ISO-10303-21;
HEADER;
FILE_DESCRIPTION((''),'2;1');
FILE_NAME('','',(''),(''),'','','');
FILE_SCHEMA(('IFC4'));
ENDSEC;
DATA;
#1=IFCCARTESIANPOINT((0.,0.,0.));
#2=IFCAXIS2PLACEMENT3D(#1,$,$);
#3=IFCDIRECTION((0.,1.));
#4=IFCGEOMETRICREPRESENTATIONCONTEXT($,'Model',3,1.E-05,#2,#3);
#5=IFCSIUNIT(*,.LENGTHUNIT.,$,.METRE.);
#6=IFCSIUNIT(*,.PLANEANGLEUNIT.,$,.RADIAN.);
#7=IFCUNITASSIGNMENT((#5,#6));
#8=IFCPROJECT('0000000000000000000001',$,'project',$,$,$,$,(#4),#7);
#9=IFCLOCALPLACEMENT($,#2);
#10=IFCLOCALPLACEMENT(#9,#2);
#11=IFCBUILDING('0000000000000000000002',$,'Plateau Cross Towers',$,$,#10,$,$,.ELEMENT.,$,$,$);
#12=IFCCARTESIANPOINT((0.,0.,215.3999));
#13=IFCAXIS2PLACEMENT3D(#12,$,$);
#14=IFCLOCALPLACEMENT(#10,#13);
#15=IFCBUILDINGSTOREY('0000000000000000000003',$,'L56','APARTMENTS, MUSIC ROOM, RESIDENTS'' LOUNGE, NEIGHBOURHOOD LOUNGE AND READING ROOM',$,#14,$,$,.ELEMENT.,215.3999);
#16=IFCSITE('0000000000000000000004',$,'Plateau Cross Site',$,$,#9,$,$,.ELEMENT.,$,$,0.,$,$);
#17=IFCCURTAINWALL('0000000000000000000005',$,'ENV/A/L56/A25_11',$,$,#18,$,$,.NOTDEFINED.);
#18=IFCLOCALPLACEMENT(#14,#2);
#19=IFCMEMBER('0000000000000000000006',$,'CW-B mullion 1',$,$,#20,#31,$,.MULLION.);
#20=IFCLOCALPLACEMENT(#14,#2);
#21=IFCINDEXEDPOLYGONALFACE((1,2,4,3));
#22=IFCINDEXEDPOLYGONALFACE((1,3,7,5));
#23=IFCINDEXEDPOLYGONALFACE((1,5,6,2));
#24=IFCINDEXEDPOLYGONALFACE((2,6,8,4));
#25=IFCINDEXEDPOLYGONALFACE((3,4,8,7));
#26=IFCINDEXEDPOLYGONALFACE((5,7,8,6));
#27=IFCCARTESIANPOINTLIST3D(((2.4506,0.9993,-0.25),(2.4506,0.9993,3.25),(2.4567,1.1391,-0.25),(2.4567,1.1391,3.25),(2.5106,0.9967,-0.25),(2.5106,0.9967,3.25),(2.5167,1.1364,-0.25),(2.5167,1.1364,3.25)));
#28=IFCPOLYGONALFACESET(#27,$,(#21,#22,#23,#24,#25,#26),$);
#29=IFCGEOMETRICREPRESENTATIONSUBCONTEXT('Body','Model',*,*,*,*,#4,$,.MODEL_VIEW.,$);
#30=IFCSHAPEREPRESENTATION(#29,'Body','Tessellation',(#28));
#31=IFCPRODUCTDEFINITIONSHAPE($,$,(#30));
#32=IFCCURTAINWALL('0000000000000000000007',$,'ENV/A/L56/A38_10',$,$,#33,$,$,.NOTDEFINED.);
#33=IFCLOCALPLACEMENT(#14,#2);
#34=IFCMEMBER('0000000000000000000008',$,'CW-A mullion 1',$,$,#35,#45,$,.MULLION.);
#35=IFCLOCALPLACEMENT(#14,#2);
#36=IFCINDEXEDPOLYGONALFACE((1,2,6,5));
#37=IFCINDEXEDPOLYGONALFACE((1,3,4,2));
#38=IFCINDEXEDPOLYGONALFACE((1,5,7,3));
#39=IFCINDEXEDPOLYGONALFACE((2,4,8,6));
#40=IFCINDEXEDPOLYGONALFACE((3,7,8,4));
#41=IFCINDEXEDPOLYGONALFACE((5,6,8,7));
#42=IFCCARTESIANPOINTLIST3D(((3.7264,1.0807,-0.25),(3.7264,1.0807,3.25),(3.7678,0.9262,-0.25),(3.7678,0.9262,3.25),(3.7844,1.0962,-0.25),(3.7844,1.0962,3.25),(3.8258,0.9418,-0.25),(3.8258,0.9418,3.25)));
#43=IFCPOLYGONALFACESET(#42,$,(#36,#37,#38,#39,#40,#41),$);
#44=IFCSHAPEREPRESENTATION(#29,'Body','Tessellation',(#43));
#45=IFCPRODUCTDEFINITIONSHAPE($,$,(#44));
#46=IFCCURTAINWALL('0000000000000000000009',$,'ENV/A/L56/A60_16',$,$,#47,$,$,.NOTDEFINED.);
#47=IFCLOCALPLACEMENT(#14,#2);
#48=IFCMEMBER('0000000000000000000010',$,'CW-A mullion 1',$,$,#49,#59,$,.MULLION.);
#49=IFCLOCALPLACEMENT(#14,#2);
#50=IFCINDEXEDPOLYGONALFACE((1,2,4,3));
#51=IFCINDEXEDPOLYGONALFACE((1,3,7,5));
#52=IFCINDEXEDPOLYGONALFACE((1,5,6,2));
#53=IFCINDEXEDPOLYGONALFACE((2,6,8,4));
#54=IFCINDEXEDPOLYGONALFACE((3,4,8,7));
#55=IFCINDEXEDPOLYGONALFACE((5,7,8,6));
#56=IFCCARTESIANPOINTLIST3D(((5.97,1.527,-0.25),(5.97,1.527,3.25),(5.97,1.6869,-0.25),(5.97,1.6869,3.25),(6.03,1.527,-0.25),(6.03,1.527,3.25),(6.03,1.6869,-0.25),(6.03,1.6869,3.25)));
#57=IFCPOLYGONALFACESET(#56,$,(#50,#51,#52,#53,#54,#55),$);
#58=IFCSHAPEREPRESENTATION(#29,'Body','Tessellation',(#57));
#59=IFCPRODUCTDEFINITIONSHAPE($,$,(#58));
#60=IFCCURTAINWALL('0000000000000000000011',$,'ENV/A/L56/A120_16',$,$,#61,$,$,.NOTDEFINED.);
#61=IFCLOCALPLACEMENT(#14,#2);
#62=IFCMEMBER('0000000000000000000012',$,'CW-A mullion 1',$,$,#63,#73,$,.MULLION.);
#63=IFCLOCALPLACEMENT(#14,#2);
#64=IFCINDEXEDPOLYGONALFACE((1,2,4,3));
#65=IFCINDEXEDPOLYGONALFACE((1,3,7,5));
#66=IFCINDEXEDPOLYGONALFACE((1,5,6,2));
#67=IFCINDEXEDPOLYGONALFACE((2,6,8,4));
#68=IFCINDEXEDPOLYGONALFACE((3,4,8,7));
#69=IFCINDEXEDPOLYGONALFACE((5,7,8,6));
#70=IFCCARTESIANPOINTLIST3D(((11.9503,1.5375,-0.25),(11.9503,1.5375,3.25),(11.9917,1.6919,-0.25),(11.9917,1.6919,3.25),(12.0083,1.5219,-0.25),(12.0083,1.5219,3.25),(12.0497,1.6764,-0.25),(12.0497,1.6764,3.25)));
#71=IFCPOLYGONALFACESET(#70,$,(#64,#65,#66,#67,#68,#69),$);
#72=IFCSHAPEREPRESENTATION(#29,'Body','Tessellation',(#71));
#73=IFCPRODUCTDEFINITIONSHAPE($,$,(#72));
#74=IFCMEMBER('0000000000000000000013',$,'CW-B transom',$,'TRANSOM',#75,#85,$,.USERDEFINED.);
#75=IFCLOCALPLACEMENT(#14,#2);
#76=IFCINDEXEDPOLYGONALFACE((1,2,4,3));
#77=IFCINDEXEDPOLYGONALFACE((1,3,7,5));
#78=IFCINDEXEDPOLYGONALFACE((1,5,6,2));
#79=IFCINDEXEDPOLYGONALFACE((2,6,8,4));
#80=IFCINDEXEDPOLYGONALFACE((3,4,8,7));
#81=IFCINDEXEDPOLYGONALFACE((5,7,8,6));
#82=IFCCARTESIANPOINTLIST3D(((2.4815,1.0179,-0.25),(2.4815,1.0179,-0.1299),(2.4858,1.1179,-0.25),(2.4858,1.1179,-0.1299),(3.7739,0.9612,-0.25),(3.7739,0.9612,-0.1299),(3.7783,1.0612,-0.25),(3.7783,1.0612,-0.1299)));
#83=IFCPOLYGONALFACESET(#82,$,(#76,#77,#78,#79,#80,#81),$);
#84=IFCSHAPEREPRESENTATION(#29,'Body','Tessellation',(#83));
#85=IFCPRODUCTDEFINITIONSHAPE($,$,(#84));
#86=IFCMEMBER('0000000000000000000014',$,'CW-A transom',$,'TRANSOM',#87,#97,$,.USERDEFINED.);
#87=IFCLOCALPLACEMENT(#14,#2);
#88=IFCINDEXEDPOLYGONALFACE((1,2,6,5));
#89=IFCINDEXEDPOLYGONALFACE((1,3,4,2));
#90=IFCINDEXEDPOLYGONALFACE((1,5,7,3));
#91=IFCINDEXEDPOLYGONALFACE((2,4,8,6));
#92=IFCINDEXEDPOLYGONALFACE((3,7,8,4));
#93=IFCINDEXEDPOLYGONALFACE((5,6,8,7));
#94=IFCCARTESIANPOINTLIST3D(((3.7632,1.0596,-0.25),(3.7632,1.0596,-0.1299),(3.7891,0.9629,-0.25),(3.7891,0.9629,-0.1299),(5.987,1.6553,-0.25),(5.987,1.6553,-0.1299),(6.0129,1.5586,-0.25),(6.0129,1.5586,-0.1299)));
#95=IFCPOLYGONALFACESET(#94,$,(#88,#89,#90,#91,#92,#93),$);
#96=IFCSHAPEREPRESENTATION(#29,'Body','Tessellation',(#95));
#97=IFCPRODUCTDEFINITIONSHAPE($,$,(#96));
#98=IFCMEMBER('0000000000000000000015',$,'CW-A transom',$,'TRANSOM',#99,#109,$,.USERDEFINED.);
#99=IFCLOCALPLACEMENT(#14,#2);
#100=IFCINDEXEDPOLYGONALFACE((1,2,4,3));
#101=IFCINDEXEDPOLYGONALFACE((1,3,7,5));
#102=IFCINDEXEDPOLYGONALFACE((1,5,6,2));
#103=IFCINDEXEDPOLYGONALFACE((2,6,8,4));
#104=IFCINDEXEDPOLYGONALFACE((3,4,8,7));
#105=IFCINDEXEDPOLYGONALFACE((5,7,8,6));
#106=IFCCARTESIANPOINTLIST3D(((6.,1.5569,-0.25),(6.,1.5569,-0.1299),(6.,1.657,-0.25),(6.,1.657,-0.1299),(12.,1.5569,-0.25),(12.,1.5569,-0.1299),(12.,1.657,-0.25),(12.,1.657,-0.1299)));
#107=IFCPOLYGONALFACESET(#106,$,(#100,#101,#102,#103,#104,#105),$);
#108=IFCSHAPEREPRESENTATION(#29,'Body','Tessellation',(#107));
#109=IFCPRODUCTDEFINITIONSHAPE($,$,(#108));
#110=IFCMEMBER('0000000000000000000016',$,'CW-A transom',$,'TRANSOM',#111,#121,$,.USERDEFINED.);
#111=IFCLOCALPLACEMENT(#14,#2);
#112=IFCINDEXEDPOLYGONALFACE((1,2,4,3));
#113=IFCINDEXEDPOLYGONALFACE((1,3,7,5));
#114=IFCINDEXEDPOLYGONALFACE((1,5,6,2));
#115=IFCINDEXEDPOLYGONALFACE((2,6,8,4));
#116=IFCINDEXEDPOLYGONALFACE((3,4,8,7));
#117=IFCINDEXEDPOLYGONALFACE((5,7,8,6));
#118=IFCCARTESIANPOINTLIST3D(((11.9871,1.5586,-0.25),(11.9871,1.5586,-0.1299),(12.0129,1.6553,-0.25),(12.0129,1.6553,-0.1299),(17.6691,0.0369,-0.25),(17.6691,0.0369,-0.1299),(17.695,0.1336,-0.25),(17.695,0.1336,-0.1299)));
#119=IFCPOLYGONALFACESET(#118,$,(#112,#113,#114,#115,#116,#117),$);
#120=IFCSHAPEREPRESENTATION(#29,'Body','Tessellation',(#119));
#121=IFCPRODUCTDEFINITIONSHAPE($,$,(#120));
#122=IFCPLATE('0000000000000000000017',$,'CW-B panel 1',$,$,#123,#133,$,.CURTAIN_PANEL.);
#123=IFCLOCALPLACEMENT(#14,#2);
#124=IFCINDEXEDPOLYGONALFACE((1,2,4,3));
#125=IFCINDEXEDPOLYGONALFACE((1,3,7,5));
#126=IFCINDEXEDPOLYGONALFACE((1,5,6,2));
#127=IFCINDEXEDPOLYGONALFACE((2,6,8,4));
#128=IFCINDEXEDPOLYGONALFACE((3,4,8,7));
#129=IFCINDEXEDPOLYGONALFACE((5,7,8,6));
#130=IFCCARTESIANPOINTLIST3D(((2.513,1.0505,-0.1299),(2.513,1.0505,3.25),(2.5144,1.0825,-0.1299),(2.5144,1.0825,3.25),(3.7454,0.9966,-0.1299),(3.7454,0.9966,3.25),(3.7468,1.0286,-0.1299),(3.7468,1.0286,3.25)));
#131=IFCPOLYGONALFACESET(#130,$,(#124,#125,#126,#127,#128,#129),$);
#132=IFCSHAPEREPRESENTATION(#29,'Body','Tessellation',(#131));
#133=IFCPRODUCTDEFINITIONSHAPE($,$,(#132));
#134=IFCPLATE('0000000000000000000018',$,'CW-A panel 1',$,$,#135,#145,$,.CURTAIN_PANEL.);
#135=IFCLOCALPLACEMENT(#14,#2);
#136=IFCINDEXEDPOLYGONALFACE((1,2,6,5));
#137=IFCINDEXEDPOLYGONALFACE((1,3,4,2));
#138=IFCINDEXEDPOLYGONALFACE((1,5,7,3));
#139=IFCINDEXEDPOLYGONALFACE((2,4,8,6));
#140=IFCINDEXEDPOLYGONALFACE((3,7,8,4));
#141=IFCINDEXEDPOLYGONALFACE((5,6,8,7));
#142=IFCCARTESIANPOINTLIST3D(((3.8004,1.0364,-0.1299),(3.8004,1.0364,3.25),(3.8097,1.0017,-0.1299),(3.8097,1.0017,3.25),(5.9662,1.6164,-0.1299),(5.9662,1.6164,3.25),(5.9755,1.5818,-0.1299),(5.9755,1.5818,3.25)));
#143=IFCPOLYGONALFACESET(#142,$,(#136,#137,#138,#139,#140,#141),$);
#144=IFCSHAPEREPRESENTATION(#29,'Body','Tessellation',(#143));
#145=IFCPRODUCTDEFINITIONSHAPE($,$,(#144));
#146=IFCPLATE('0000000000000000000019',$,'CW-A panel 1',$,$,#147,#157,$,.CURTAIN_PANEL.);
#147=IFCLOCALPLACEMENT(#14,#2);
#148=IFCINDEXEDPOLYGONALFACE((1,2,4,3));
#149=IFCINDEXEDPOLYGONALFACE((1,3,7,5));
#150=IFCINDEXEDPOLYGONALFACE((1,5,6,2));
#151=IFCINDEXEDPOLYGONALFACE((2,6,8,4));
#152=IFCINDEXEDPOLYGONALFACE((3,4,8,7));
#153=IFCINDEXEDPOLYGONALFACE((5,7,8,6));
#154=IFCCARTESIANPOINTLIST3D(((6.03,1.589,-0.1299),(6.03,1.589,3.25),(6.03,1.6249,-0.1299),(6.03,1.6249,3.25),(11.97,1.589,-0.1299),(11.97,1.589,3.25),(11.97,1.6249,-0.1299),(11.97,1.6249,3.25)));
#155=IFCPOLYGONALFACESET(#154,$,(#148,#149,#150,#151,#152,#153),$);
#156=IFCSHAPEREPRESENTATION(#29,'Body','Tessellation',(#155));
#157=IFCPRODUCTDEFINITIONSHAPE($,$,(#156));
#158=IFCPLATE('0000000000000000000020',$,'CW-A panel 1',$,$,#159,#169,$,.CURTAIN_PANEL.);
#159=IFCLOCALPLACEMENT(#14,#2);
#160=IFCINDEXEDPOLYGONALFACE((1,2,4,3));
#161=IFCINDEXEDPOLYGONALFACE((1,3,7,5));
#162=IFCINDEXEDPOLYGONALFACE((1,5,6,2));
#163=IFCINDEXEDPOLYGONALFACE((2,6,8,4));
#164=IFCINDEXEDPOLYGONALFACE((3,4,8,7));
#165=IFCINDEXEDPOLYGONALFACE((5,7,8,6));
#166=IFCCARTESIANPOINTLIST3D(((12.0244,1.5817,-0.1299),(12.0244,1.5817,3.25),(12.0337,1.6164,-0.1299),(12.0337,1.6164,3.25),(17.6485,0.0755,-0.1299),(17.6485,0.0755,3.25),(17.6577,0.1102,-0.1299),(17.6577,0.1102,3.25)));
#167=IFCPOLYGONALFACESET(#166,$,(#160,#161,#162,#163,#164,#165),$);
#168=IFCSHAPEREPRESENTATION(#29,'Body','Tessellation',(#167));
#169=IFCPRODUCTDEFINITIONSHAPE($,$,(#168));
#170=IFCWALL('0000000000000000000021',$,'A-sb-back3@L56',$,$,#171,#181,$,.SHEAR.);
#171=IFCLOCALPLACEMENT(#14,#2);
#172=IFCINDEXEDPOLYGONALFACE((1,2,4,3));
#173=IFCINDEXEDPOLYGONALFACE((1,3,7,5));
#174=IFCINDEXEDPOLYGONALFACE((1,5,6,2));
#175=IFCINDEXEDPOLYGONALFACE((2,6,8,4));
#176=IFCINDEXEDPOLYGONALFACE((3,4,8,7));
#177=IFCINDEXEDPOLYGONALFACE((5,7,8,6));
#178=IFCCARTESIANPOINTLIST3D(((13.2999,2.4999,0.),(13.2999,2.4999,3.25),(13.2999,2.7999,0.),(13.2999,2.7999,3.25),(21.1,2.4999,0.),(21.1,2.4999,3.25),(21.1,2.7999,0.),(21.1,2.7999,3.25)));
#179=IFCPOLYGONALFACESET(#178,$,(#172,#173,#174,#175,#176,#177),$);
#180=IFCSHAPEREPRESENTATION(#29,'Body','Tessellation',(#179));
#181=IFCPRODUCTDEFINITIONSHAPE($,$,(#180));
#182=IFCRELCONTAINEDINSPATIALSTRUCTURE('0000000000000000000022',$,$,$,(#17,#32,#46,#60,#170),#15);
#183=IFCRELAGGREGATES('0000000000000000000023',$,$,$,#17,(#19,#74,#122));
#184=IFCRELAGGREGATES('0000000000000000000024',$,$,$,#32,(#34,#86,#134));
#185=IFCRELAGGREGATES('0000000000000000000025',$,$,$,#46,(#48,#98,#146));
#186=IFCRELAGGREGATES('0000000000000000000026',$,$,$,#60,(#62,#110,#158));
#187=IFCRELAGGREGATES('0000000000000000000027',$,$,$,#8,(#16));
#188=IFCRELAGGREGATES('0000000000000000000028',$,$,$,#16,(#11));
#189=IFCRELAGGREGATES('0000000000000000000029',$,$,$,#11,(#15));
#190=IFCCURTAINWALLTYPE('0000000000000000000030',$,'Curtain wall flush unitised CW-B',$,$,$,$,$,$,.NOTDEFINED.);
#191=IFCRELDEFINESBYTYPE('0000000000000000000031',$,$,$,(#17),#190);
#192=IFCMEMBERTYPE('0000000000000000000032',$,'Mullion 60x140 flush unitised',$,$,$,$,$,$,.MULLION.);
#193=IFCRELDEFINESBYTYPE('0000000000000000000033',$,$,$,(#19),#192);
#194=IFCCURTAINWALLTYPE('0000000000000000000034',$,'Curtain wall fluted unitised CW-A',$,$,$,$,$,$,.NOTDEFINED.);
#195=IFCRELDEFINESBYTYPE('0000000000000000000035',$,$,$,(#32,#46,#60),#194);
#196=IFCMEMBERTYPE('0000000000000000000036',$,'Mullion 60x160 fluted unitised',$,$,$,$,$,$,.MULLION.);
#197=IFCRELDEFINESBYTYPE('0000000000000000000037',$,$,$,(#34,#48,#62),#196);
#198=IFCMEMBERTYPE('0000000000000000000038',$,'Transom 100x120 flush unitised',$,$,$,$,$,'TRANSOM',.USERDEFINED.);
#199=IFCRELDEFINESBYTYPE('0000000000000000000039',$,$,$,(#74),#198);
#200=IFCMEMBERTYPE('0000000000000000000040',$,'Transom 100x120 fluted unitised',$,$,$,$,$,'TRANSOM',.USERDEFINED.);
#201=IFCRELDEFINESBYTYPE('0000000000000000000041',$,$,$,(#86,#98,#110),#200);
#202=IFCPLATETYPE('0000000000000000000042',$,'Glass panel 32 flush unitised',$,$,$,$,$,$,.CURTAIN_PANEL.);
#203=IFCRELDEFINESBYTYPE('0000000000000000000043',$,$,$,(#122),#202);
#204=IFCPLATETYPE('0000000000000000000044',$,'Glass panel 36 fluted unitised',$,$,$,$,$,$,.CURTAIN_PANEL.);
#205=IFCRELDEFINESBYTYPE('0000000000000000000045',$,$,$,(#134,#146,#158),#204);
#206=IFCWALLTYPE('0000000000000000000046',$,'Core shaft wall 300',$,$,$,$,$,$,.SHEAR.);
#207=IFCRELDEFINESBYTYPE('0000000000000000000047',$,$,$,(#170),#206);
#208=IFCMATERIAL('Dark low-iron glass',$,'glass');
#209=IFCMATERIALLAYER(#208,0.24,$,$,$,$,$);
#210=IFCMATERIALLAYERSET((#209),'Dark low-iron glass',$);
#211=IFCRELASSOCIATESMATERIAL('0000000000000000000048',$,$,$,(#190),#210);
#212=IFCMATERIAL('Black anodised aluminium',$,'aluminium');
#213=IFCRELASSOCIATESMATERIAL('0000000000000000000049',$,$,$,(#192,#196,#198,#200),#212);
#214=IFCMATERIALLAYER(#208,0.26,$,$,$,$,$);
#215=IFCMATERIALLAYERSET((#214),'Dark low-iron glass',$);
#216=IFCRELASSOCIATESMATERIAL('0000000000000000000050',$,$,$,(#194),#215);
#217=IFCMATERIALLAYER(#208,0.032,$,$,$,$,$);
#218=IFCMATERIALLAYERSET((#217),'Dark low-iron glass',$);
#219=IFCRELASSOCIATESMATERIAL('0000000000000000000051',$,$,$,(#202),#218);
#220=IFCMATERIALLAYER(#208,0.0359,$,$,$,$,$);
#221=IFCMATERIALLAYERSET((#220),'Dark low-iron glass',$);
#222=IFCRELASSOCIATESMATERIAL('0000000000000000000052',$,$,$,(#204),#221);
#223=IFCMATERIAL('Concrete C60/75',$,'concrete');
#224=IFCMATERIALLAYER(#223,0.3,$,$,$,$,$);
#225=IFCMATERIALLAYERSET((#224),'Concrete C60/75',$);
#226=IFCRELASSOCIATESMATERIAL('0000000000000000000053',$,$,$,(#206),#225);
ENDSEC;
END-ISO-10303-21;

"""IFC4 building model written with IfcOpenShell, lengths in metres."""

from ifc_helpers import new_model, si_unit, direction, frame, frame_2d, origin, origin_2d, place, context, subcontext, project, spatial, rectangle, extrude, material, layer, layer_set, material_profile, profile_set, type_object, element, aggregate, save


model = new_model("IFC4")

# Units and contexts
model_context = context("Model", 3, precision=1e-05, world=origin(), true_north=direction((0.0, 1.0)))
body_context = subcontext(model_context, "Body", "Model", "MODEL_VIEW")
ifc_project = project(units=[si_unit("LENGTHUNIT", "METRE"), si_unit("PLANEANGLEUNIT", "RADIAN")], contexts=[model_context])

# Site, building, storey
site_placement = place(None, origin())
site = spatial("IfcSite", under=ifc_project, at=site_placement, Name="Plateau Cross Site", CompositionType="ELEMENT", RefElevation=0.0)
building_placement = place(site_placement, origin())
building = spatial("IfcBuilding", under=site, at=building_placement, Name="Plateau Cross Towers", CompositionType="ELEMENT")
storey_placement = place(building_placement, frame((0.0, 0.0, 215.3999)))
storey = spatial("IfcBuildingStorey", under=building, at=storey_placement, Name="L56", Description="APARTMENTS, MUSIC ROOM, RESIDENTS' LOUNGE, NEIGHBOURHOOD LOUNGE AND READING ROOM", CompositionType="ELEMENT", Elevation=215.3999)

# Curtain walls, members
ifc_material_1 = material(Name="Dark low-iron glass", Category="glass")
ifc_layer_1 = layer(ifc_material_1, 0.24)
ifc_layer_set_1 = layer_set([ifc_layer_1], Name="Dark low-iron glass")
curtain_wall_type_1 = type_object("IfcCurtainWallType", Name="Curtain wall flush unitised CW-B", PredefinedType="NOTDEFINED", material=ifc_layer_set_1)
curtain_wall_1_placement = place(storey_placement, origin())
curtain_wall_1 = element("IfcCurtainWall", 1, at=curtain_wall_1_placement, inside=storey, type_object=curtain_wall_type_1, Name="ENV/A/L56/A25_11", PredefinedType="NOTDEFINED")
ifc_material_2 = material(Name="Black anodised aluminium", Category="aluminium")
ifc_material_profile_1 = material_profile(ifc_material_2, rectangle(XDim=0.0601, YDim=0.1399, at=origin_2d()), Name="MULLION 60x140")
ifc_profile_set_1 = profile_set([ifc_material_profile_1], Name="Black anodised aluminium")
member_type_1 = type_object("IfcMemberType", Name="Mullion 60x140 flush unitised", PredefinedType="MULLION", material=ifc_profile_set_1)
member_1_placement = place(storey_placement, frame((2.4836, 1.0679, -0.25), z_axis=(0.0, 0.0, 1.0), x_axis=(0.999044, -0.043723, 0.0)))
member_1 = element("IfcMember", 2, at=member_1_placement, type_object=member_type_1, Name="CW-B mullion 1", PredefinedType="MULLION", context=body_context, shape_type="SweptSolid", body=[
    extrude(rectangle(XDim=0.0601, YDim=0.1399, at=origin_2d()), origin(), (0.0, 0.0, 1.0), 3.5),
])
ifc_layer_2 = layer(ifc_material_1, 0.26)
ifc_layer_set_2 = layer_set([ifc_layer_2], Name="Dark low-iron glass")
curtain_wall_type_2 = type_object("IfcCurtainWallType", Name="Curtain wall fluted unitised CW-A", PredefinedType="NOTDEFINED", material=ifc_layer_set_2)
curtain_wall_2_placement = place(storey_placement, origin())
curtain_wall_2 = element("IfcCurtainWall", 3, at=curtain_wall_2_placement, inside=storey, type_object=curtain_wall_type_2, Name="ENV/A/L56/A38_10", PredefinedType="NOTDEFINED")
ifc_material_profile_2 = material_profile(ifc_material_2, rectangle(XDim=0.0601, YDim=0.1599, at=origin_2d()), Name="MULLION 60x160")
ifc_profile_set_2 = profile_set([ifc_material_profile_2], Name="Black anodised aluminium")
member_type_2 = type_object("IfcMemberType", Name="Mullion 60x160 fluted unitised", PredefinedType="MULLION", material=ifc_profile_set_2)
member_2_placement = place(storey_placement, frame((3.7761, 1.0112, -0.25), z_axis=(0.0, 0.0, 1.0), x_axis=(0.965958, 0.258699, 0.0)))
member_2 = element("IfcMember", 4, at=member_2_placement, type_object=member_type_2, Name="CW-A mullion 1", PredefinedType="MULLION", context=body_context, shape_type="SweptSolid", body=[
    extrude(rectangle(XDim=0.0601, YDim=0.1599, at=origin_2d()), origin(), (0.0, 0.0, 1.0), 3.5),
])
curtain_wall_3_placement = place(storey_placement, origin())
curtain_wall_3 = element("IfcCurtainWall", 5, at=curtain_wall_3_placement, inside=storey, type_object=curtain_wall_type_2, Name="ENV/A/L56/A60_16", PredefinedType="NOTDEFINED")
member_3_placement = place(storey_placement, frame((6.0, 1.6069, -0.25), z_axis=(0.0, 0.0, 1.0), x_axis=(1.0, 0.0, 0.0)))
member_3 = element("IfcMember", 6, at=member_3_placement, type_object=member_type_2, Name="CW-A mullion 1", PredefinedType="MULLION", context=body_context, shape_type="SweptSolid", body=[
    extrude(rectangle(XDim=0.0601, YDim=0.1599, at=origin_2d()), origin(), (0.0, 0.0, 1.0), 3.5),
])
curtain_wall_4_placement = place(storey_placement, origin())
curtain_wall_4 = element("IfcCurtainWall", 7, at=curtain_wall_4_placement, inside=storey, type_object=curtain_wall_type_2, Name="ENV/A/L56/A120_16", PredefinedType="NOTDEFINED")
member_4_placement = place(storey_placement, frame((12.0, 1.6069, -0.25), z_axis=(0.0, 0.0, 1.0), x_axis=(0.965958, -0.258699, 0.0)))
member_4 = element("IfcMember", 8, at=member_4_placement, type_object=member_type_2, Name="CW-A mullion 1", PredefinedType="MULLION", context=body_context, shape_type="SweptSolid", body=[
    extrude(rectangle(XDim=0.0601, YDim=0.1599, at=origin_2d()), origin(), (0.0, 0.0, 1.0), 3.5),
])

# Members
ifc_material_profile_3 = material_profile(ifc_material_2, rectangle(XDim=0.1001, YDim=0.1201, at=origin_2d()), Name="TRANSOM 100x120")
ifc_profile_set_3 = profile_set([ifc_material_profile_3], Name="Black anodised aluminium")
member_type_3 = type_object("IfcMemberType", Name="Transom 100x120 flush unitised", ElementType="TRANSOM", PredefinedType="USERDEFINED", material=ifc_profile_set_3)
member_5_placement = place(storey_placement, frame((2.4836, 1.0679, -0.1899), z_axis=(0.999041, -0.043781, 0.0), x_axis=(0.043781, 0.999041, 0.0)))
member_5 = element("IfcMember", 9, at=member_5_placement, type_object=member_type_3, Name="CW-B transom", ObjectType="TRANSOM", PredefinedType="USERDEFINED", context=body_context, shape_type="SweptSolid", body=[
    extrude(rectangle(XDim=0.1001, YDim=0.1201, at=origin_2d()), origin(), (0.0, 0.0, 1.0), 1.2937),
])
ifc_material_profile_4 = material_profile(ifc_material_2, rectangle(XDim=0.1001, YDim=0.1201, at=origin_2d()), Name="TRANSOM 100x120")
ifc_profile_set_4 = profile_set([ifc_material_profile_4], Name="Black anodised aluminium")
member_type_4 = type_object("IfcMemberType", Name="Transom 100x120 fluted unitised", ElementType="TRANSOM", PredefinedType="USERDEFINED", material=ifc_profile_set_4)
member_6_placement = place(storey_placement, frame((3.7761, 1.0112, -0.1899), z_axis=(0.965946, 0.258745, 0.0), x_axis=(-0.258745, 0.965946, 0.0)))
member_6 = element("IfcMember", 10, at=member_6_placement, type_object=member_type_4, Name="CW-A transom", ObjectType="TRANSOM", PredefinedType="USERDEFINED", context=body_context, shape_type="SweptSolid", body=[
    extrude(rectangle(XDim=0.1001, YDim=0.1201, at=origin_2d()), origin(), (0.0, 0.0, 1.0), 2.3022),
])
member_7_placement = place(storey_placement, frame((6.0, 1.6069, -0.1899), z_axis=(1.0, 0.0, 0.0), x_axis=(0.0, 1.0, 0.0)))
member_7 = element("IfcMember", 11, at=member_7_placement, type_object=member_type_4, Name="CW-A transom", ObjectType="TRANSOM", PredefinedType="USERDEFINED", context=body_context, shape_type="SweptSolid", body=[
    extrude(rectangle(XDim=0.1001, YDim=0.1201, at=origin_2d()), origin(), (0.0, 0.0, 1.0), 6.0),
])
member_8_placement = place(storey_placement, frame((12.0, 1.6069, -0.1899), z_axis=(0.96596, -0.258693, 0.0), x_axis=(0.258693, 0.96596, 0.0)))
member_8 = element("IfcMember", 12, at=member_8_placement, type_object=member_type_4, Name="CW-A transom", ObjectType="TRANSOM", PredefinedType="USERDEFINED", context=body_context, shape_type="SweptSolid", body=[
    extrude(rectangle(XDim=0.1001, YDim=0.1201, at=origin_2d()), origin(), (0.0, 0.0, 1.0), 5.8823),
])

# Plates
ifc_layer_3 = layer(ifc_material_1, 0.032)
ifc_layer_set_3 = layer_set([ifc_layer_3], Name="Dark low-iron glass")
plate_type_1 = type_object("IfcPlateType", Name="Glass panel 32 flush unitised", PredefinedType="CURTAIN_PANEL", material=ifc_layer_set_3)
plate_1_placement = place(storey_placement, frame((3.1299, 1.0396, -0.1299), z_axis=(0.0, 0.0, 1.0), x_axis=(0.999044, -0.043723, 0.0)))
plate_1 = element("IfcPlate", 13, at=plate_1_placement, type_object=plate_type_1, Name="CW-B panel 1", PredefinedType="CURTAIN_PANEL", context=body_context, shape_type="SweptSolid", body=[
    extrude(rectangle(XDim=1.2336, YDim=0.032, at=origin_2d()), origin(), (0.0, 0.0, 1.0), 3.3799),
])
aggregate(curtain_wall_1, [member_1, member_5, plate_1])
ifc_layer_4 = layer(ifc_material_1, 0.0359)
ifc_layer_set_4 = layer_set([ifc_layer_4], Name="Dark low-iron glass")
plate_type_2 = type_object("IfcPlateType", Name="Glass panel 36 fluted unitised", PredefinedType="CURTAIN_PANEL", material=ifc_layer_set_4)
plate_2_placement = place(storey_placement, frame((4.8879, 1.3091, -0.1299), z_axis=(0.0, 0.0, 1.0), x_axis=(0.965958, 0.258699, 0.0)))
plate_2 = element("IfcPlate", 14, at=plate_2_placement, type_object=plate_type_2, Name="CW-A panel 1", PredefinedType="CURTAIN_PANEL", context=body_context, shape_type="SweptSolid", body=[
    extrude(rectangle(XDim=2.2422, YDim=0.0359, at=origin_2d()), origin(), (0.0, 0.0, 1.0), 3.3799),
])
aggregate(curtain_wall_2, [member_2, member_6, plate_2])
plate_3_placement = place(storey_placement, frame((9.0, 1.6069, -0.1299), z_axis=(0.0, 0.0, 1.0), x_axis=(1.0, 0.0, 0.0)))
plate_3 = element("IfcPlate", 15, at=plate_3_placement, type_object=plate_type_2, Name="CW-A panel 1", PredefinedType="CURTAIN_PANEL", context=body_context, shape_type="SweptSolid", body=[
    extrude(rectangle(XDim=5.9399, YDim=0.0359, at=origin_2d()), origin(), (0.0, 0.0, 1.0), 3.3799),
])
aggregate(curtain_wall_3, [member_3, member_7, plate_3])
plate_4_placement = place(storey_placement, frame((14.8411, 0.8459, -0.1299), z_axis=(0.0, 0.0, 1.0), x_axis=(0.965958, -0.258699, 0.0)))
plate_4 = element("IfcPlate", 16, at=plate_4_placement, type_object=plate_type_2, Name="CW-A panel 1", PredefinedType="CURTAIN_PANEL", context=body_context, shape_type="SweptSolid", body=[
    extrude(rectangle(XDim=5.8223, YDim=0.0359, at=origin_2d()), origin(), (0.0, 0.0, 1.0), 3.3799),
])
aggregate(curtain_wall_4, [member_4, member_8, plate_4])

# Wall
ifc_material_3 = material(Name="Concrete C60/75", Category="concrete")
ifc_layer_5 = layer(ifc_material_3, 0.3)
ifc_layer_set_5 = layer_set([ifc_layer_5], Name="Concrete C60/75")
wall_type_1 = type_object("IfcWallType", Name="Core shaft wall 300", PredefinedType="SHEAR", material=ifc_layer_set_5)
wall_1_placement = place(storey_placement, frame((13.3, 2.6499, 0.0), z_axis=(0.0, 0.0, 1.0), x_axis=(1.0, 0.0, 0.0)))
element("IfcWall", 17, at=wall_1_placement, inside=storey, type_object=wall_type_1, Name="A-sb-back3@L56", PredefinedType="SHEAR", context=body_context, shape_type="SweptSolid", body=[
    extrude(rectangle(XDim=7.8, YDim=0.3, at=frame_2d((3.8999, 0.0))), origin(), (0.0, 0.0, 1.0), 3.25),
])

save(model, "model.ifc")
